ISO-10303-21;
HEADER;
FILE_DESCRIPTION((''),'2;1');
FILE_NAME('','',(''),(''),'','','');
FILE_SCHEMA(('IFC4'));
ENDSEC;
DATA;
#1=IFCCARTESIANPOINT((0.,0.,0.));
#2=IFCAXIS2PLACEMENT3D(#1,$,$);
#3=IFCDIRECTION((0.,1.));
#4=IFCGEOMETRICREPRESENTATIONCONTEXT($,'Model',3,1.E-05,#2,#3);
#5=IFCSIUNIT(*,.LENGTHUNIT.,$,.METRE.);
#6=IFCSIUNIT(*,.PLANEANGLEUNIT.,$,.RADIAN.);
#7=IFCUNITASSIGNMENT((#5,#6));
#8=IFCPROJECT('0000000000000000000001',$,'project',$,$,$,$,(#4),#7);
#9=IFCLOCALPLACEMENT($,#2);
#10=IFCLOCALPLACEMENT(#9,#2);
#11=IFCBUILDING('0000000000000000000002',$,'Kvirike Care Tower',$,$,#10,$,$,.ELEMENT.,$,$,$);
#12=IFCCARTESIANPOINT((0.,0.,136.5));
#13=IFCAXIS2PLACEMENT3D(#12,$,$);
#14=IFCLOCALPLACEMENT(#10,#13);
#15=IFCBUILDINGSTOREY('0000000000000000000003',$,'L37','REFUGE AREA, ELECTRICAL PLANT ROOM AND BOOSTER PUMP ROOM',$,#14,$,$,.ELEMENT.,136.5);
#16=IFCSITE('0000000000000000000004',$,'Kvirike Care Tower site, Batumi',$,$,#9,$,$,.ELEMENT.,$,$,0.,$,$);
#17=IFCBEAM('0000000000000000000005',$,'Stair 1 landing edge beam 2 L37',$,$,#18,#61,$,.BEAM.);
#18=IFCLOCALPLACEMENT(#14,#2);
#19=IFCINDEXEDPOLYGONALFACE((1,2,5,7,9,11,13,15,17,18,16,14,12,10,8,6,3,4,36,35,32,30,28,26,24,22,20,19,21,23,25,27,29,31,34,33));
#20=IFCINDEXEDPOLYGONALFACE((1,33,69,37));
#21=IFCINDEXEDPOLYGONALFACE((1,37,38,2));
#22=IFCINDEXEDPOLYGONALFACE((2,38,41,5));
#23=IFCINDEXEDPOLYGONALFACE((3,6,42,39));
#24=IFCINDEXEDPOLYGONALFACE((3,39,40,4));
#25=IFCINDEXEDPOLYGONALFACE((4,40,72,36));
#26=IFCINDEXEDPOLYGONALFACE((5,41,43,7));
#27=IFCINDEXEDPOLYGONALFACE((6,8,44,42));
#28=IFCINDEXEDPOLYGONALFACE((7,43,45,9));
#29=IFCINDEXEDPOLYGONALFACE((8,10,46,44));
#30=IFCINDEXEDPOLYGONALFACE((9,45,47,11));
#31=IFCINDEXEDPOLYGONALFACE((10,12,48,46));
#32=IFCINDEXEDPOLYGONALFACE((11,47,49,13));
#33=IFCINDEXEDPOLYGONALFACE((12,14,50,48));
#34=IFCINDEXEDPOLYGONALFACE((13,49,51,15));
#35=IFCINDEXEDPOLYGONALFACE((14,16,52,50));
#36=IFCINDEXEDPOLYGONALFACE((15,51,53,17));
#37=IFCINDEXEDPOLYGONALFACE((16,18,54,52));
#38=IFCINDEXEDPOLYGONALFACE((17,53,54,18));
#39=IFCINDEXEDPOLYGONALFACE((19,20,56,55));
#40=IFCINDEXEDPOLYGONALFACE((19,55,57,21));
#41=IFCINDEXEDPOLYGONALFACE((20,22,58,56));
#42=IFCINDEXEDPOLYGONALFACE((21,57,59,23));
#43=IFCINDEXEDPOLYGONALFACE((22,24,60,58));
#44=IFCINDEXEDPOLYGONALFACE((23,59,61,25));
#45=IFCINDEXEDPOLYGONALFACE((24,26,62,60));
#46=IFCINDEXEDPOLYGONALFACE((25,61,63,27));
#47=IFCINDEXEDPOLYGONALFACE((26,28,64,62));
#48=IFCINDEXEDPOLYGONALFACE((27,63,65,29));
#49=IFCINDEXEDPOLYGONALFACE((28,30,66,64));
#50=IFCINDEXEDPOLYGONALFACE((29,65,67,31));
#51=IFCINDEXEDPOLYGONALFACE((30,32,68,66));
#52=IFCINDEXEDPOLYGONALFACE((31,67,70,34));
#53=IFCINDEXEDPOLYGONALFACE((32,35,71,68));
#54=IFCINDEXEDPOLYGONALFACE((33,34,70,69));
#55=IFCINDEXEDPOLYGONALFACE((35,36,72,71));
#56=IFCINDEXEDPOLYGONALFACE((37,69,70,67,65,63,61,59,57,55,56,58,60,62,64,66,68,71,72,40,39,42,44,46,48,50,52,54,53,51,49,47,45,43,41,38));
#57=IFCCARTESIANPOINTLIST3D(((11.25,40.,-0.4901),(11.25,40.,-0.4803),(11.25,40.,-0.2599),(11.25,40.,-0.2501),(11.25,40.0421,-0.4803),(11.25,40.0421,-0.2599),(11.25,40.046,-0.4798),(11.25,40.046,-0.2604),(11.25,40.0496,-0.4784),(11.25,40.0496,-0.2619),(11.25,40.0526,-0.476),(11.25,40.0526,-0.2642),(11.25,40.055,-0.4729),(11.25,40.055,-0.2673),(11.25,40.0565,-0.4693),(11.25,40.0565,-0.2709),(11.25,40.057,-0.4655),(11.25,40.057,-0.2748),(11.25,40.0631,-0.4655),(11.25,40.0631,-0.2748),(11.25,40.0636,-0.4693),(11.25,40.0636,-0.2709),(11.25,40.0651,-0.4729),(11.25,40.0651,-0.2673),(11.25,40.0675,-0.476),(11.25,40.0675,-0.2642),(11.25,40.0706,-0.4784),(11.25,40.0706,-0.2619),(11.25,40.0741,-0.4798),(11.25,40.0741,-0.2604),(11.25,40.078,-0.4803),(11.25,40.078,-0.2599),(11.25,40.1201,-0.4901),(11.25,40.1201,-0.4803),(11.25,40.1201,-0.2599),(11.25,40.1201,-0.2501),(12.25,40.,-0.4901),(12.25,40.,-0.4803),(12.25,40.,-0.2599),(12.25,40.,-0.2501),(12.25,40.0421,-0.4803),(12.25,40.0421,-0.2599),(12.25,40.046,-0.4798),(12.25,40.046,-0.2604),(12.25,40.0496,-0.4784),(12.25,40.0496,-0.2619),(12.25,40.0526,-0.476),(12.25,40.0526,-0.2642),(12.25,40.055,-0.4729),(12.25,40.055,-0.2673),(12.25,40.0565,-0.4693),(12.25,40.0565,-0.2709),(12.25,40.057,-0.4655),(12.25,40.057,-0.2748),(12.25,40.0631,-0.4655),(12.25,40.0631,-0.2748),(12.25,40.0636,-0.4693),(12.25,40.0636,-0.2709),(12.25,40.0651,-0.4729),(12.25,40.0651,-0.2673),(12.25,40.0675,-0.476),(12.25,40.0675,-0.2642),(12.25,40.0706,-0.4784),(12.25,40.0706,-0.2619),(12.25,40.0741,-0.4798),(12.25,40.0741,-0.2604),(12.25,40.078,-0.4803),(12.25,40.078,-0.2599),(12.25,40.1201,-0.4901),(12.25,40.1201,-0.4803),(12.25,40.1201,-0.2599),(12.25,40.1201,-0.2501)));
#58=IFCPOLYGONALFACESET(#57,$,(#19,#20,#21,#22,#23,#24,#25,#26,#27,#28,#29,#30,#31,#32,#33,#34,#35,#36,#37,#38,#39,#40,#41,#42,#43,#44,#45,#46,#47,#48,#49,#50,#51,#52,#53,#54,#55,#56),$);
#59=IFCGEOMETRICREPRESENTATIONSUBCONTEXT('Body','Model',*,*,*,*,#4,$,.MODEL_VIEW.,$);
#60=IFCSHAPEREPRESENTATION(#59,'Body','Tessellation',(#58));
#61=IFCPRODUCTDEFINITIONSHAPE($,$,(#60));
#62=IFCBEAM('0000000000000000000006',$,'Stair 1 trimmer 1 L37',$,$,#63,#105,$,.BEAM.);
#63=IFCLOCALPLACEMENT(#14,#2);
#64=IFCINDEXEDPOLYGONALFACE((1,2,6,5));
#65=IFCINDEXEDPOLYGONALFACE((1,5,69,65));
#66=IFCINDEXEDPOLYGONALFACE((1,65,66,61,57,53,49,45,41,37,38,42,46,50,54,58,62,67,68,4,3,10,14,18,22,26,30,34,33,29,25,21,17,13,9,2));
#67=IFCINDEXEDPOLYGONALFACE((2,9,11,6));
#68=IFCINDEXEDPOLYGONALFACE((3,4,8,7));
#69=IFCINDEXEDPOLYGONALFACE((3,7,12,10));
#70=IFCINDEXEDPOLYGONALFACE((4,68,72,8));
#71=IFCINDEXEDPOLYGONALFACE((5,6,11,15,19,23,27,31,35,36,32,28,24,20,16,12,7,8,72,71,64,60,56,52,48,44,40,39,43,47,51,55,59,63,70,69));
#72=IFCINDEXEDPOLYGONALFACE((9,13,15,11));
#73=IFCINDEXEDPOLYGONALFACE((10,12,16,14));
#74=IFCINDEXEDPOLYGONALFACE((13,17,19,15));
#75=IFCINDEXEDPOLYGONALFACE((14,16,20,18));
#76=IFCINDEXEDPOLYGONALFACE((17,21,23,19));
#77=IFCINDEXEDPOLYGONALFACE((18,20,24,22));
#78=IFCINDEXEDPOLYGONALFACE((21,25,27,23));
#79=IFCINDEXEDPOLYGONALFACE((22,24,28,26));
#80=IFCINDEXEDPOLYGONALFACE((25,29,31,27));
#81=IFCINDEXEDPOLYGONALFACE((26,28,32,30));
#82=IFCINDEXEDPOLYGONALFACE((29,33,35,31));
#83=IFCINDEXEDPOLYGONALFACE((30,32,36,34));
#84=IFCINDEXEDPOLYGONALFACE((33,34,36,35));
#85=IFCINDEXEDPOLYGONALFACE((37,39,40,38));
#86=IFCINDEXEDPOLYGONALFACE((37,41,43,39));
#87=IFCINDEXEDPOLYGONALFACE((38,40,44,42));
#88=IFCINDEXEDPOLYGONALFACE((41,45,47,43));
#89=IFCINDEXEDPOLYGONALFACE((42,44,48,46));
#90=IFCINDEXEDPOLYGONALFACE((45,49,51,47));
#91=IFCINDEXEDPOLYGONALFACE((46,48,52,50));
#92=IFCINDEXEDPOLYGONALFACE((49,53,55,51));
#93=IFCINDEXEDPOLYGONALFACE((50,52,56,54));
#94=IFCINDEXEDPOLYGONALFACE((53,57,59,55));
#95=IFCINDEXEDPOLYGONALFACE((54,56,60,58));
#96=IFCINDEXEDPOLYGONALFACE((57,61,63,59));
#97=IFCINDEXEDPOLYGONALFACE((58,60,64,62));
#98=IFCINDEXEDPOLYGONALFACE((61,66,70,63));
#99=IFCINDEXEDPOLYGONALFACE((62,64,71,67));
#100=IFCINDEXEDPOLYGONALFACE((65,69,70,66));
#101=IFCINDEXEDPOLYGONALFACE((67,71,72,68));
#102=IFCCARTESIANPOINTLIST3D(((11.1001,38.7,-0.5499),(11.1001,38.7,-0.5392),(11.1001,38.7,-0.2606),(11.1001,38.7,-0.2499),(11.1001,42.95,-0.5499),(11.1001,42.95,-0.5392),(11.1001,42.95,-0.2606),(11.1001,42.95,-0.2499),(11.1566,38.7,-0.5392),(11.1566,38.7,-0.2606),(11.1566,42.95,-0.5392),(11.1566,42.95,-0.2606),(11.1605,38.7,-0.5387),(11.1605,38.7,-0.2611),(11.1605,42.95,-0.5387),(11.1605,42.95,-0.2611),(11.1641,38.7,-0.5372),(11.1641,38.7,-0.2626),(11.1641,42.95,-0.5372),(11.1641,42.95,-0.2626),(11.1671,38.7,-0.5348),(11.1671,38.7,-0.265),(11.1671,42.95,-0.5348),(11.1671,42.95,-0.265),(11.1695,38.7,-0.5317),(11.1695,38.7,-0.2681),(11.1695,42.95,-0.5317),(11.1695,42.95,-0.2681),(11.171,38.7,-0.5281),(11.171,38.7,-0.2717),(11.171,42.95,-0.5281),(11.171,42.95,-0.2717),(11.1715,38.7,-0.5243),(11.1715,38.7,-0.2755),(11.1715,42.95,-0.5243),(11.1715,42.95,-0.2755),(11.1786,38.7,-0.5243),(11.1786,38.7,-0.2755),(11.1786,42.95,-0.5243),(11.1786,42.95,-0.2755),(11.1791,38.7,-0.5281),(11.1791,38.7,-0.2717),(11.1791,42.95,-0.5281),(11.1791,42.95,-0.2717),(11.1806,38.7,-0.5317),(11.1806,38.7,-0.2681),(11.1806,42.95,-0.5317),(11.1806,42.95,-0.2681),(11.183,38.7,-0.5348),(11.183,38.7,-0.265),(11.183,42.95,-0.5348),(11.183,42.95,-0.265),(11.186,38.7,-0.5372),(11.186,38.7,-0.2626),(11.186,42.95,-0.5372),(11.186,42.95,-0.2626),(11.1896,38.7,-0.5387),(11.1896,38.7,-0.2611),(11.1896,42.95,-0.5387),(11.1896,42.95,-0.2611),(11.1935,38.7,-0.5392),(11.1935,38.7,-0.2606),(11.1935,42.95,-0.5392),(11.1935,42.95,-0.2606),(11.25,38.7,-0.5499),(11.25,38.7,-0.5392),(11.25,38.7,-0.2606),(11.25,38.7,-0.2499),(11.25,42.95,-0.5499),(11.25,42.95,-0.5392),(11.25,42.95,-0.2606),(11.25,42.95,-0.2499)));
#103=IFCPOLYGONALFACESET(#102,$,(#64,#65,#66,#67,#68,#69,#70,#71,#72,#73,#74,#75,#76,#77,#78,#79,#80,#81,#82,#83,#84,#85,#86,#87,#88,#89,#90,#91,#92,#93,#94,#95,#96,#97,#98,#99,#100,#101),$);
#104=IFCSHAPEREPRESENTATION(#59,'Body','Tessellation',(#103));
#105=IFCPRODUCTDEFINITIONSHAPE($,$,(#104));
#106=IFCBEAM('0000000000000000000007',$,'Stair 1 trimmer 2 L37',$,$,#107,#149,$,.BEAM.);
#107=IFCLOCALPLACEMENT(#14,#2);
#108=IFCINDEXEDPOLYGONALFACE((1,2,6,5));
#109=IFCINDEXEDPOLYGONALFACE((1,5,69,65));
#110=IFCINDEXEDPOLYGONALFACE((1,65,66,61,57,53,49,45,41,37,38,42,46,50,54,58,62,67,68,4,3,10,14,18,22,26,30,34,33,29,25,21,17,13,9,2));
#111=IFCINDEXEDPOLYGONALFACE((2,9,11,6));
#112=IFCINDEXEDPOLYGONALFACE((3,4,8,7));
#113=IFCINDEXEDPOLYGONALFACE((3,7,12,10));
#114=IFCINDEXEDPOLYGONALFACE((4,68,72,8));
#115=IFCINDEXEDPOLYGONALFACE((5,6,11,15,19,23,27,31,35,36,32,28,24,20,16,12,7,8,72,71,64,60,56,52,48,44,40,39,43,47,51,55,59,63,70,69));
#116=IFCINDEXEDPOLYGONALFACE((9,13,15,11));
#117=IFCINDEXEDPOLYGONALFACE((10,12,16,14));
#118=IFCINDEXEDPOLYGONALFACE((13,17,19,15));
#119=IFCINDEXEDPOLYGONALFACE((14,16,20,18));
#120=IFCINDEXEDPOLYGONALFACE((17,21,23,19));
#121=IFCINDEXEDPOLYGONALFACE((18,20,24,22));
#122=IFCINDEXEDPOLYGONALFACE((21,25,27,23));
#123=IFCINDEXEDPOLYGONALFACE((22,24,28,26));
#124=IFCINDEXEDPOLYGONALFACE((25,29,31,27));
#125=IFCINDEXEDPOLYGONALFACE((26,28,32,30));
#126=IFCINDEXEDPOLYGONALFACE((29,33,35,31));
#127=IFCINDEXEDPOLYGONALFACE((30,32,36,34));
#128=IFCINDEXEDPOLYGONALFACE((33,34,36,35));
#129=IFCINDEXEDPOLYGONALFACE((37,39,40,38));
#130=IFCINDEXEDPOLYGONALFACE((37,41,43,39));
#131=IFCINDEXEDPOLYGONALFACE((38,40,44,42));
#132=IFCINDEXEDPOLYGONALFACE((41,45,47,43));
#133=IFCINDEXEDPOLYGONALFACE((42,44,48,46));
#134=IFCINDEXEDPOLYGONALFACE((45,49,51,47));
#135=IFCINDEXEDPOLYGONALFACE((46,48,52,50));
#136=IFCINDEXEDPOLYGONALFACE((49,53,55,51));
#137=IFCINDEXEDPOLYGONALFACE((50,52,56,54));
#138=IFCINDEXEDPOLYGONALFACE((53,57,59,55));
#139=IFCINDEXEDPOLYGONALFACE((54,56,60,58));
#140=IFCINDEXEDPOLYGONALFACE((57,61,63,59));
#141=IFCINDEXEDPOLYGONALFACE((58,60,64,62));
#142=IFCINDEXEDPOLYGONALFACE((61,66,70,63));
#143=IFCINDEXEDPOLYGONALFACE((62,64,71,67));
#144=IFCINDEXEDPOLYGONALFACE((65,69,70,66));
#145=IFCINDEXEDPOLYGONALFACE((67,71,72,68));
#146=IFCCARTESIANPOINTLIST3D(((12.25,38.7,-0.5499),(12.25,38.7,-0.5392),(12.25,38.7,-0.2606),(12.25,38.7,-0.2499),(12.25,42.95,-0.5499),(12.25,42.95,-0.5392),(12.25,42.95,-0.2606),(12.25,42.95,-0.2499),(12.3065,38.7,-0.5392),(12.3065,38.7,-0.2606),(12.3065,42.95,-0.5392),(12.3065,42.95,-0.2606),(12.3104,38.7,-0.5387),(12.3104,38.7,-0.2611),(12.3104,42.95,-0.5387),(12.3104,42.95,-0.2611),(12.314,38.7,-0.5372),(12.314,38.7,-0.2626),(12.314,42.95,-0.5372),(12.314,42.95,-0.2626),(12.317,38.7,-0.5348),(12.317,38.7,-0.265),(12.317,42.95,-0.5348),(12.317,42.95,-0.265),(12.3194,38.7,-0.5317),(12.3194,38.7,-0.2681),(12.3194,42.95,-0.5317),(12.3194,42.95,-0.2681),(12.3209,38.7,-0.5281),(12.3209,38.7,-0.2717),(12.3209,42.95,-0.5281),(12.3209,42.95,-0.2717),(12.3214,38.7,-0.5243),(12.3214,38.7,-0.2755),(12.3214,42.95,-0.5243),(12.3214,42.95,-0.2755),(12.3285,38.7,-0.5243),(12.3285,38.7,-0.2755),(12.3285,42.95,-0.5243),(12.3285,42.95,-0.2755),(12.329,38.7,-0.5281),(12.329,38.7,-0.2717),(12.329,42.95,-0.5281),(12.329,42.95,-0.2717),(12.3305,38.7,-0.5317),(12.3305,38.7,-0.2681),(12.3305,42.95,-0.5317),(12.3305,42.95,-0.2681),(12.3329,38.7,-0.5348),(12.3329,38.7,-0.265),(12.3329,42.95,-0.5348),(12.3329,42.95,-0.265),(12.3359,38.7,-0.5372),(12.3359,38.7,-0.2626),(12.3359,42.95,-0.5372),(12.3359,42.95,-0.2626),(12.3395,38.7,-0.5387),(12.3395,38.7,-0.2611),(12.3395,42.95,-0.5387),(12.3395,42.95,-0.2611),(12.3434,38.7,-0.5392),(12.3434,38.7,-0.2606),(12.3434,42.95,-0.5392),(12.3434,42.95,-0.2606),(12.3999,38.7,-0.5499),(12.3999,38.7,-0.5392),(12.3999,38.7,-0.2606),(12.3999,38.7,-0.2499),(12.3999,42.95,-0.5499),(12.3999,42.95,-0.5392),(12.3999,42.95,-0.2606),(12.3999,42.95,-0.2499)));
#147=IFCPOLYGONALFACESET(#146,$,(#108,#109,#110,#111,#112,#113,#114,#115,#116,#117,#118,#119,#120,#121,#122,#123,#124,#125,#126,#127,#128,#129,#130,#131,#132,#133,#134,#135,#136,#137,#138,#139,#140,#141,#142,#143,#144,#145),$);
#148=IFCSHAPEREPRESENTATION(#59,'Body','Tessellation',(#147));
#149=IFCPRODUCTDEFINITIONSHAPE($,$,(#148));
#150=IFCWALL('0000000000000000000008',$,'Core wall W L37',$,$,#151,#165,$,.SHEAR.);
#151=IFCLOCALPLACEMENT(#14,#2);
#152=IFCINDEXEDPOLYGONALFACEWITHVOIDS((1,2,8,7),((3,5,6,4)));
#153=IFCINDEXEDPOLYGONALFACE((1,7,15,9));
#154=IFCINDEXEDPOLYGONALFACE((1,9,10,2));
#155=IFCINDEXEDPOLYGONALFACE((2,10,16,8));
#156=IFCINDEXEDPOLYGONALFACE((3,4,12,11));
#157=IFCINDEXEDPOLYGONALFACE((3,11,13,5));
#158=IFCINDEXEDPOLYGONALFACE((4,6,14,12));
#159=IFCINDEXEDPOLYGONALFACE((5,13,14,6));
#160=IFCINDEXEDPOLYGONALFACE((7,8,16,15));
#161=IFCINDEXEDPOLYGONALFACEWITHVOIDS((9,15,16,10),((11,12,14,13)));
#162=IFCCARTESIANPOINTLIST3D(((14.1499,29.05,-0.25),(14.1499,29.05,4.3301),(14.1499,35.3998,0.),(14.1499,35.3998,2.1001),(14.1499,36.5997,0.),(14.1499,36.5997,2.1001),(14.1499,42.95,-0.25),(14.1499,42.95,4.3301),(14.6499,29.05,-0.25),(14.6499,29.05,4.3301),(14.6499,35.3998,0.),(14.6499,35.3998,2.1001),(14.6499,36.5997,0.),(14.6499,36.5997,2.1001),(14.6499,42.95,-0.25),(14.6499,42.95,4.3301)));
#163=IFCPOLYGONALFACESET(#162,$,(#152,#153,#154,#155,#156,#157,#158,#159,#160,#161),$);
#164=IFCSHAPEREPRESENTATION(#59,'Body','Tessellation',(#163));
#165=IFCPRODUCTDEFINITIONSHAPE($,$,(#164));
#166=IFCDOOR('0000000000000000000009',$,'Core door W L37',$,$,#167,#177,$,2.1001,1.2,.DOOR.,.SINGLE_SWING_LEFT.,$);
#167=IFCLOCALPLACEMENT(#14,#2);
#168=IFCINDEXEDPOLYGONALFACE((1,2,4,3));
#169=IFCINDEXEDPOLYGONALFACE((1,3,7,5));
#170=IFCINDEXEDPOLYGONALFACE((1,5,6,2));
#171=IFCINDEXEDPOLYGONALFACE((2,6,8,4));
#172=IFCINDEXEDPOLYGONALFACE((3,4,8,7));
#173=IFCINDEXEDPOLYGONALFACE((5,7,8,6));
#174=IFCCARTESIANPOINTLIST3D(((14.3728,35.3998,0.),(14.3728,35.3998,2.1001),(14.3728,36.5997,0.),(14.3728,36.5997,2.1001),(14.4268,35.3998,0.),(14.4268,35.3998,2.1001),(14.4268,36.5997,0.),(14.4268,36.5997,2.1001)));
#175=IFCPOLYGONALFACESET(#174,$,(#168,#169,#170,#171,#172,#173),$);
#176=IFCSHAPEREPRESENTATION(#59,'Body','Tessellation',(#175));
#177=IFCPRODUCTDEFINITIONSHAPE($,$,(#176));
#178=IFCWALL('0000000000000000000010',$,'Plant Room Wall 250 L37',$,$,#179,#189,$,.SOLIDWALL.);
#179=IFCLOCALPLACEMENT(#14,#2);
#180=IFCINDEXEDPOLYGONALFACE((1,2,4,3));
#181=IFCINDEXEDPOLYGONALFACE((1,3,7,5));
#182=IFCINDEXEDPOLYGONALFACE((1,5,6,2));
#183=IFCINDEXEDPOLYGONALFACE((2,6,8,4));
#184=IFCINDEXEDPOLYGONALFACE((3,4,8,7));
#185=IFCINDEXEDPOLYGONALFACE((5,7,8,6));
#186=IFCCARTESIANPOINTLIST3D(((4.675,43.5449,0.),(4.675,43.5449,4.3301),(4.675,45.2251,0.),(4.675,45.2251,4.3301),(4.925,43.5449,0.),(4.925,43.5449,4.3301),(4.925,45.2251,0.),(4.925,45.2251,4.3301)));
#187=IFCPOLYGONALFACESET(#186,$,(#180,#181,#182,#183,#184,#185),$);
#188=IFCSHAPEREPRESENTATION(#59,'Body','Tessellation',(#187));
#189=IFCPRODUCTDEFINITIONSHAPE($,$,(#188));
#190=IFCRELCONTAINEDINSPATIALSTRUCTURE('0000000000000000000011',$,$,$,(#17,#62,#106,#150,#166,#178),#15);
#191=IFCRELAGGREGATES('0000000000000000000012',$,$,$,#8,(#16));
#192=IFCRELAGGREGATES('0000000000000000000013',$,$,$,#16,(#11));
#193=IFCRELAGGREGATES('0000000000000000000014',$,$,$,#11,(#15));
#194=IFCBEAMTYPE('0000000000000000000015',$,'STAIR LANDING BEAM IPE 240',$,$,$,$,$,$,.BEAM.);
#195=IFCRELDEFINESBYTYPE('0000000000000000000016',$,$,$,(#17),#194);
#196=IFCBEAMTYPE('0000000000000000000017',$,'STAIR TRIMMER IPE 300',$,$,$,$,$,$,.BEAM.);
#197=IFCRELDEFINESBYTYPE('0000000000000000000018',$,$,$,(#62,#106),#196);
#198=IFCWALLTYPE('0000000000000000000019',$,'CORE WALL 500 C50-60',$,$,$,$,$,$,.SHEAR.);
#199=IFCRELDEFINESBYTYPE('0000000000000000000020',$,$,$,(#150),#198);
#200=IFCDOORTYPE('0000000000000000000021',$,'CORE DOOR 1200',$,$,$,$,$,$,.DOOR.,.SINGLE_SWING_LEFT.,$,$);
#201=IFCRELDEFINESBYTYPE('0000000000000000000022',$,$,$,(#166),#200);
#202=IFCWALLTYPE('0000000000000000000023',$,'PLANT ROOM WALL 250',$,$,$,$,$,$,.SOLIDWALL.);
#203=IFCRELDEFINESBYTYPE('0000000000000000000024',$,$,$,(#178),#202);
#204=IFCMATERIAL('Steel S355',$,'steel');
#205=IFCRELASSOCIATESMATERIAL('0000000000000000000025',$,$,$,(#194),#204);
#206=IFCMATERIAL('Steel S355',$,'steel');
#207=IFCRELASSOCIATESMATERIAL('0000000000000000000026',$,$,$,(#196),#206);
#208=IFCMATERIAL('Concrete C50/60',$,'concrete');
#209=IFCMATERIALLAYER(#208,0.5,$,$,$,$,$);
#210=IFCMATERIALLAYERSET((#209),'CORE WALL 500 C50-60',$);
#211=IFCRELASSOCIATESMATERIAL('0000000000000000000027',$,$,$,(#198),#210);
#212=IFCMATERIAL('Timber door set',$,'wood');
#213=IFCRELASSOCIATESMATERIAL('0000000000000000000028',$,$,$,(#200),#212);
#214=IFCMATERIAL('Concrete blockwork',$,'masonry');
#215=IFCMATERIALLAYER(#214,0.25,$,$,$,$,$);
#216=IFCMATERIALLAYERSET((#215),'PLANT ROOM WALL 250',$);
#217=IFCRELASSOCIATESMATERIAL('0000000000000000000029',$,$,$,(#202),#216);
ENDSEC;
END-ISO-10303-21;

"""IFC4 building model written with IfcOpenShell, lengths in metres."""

from ifc_helpers import new_model, si_unit, direction, frame, frame_2d, origin, origin_2d, place, context, subcontext, project, spatial, rectangle, i_section, extrude, material, layer, layer_set, material_profile, profile_set, type_object, element, fill, save


model = new_model("IFC4")

# Units and contexts
model_context = context("Model", 3, precision=1e-05, world=origin(), true_north=direction((0.0, 1.0)))
body_context = subcontext(model_context, "Body", "Model", "MODEL_VIEW")
ifc_project = project(units=[si_unit("LENGTHUNIT", "METRE"), si_unit("PLANEANGLEUNIT", "RADIAN")], contexts=[model_context])

# Site, building, storey
site_placement = place(None, origin())
site = spatial("IfcSite", under=ifc_project, at=site_placement, Name="Kvirike Care Tower site, Batumi", CompositionType="ELEMENT", RefElevation=0.0)
building_placement = place(site_placement, origin())
building = spatial("IfcBuilding", under=site, at=building_placement, Name="Kvirike Care Tower", CompositionType="ELEMENT")
storey_placement = place(building_placement, frame((0.0, 0.0, 136.5)))
storey = spatial("IfcBuildingStorey", under=building, at=storey_placement, Name="L37", Description="REFUGE AREA, ELECTRICAL PLANT ROOM AND BOOSTER PUMP ROOM", CompositionType="ELEMENT", Elevation=136.5)

# Beams
ifc_material_1 = material(Name="Steel S355", Category="steel")
ifc_material_profile_1 = material_profile(ifc_material_1, i_section(OverallWidth=0.1201, OverallDepth=0.24, WebThickness=0.0061, FlangeThickness=0.0098, FilletRadius=0.0149, at=origin_2d()), Name="IPE 240")
ifc_profile_set_1 = profile_set([ifc_material_profile_1], Name="Steel S355")
beam_type_1 = type_object("IfcBeamType", Name="STAIR LANDING BEAM IPE 240", PredefinedType="BEAM", material=ifc_profile_set_1)
for number, where, z_axis, x_axis, name in (
    (1, (11.25, 40.0601, -0.3701), (1.0, 0.0, 0.0), (0.0, 1.0, 0.0), "Stair 1 landing edge beam 2 L37"),
):
    element("IfcBeam", number, at=place(storey_placement, frame(where, z_axis=z_axis, x_axis=x_axis)), inside=storey, type_object=beam_type_1, Name=name, PredefinedType="BEAM", context=body_context, shape_type="SweptSolid", body=[
        extrude(i_section(OverallWidth=0.1201, OverallDepth=0.24, WebThickness=0.0061, FlangeThickness=0.0098, FilletRadius=0.0149, at=origin_2d()), origin(), (0.0, 0.0, 1.0), 1.0),
    ])
ifc_material_2 = material(Name="Steel S355", Category="steel")
ifc_material_profile_2 = material_profile(ifc_material_2, i_section(OverallWidth=0.1499, OverallDepth=0.3, WebThickness=0.0071, FlangeThickness=0.0107, FilletRadius=0.0149, at=origin_2d()), Name="IPE 300")
ifc_profile_set_2 = profile_set([ifc_material_profile_2], Name="Steel S355")
beam_type_2 = type_object("IfcBeamType", Name="STAIR TRIMMER IPE 300", PredefinedType="BEAM", material=ifc_profile_set_2)
for number, where, z_axis, x_axis, name in (
    (2, (11.175, 42.95, -0.3999), (0.0, -1.0, 0.0), (1.0, 0.0, 0.0), "Stair 1 trimmer 1 L37"),
    (3, (12.325, 42.95, -0.3999), (0.0, -1.0, 0.0), (1.0, 0.0, 0.0), "Stair 1 trimmer 2 L37"),
):
    element("IfcBeam", number, at=place(storey_placement, frame(where, z_axis=z_axis, x_axis=x_axis)), inside=storey, type_object=beam_type_2, Name=name, PredefinedType="BEAM", context=body_context, shape_type="SweptSolid", body=[
        extrude(i_section(OverallWidth=0.1499, OverallDepth=0.3, WebThickness=0.0071, FlangeThickness=0.0107, FilletRadius=0.0149, at=origin_2d()), origin(), (0.0, 0.0, 1.0), 4.25),
    ])

# Wall, opening, door
ifc_material_3 = material(Name="Concrete C50/60", Category="concrete")
ifc_layer_1 = layer(ifc_material_3, 0.5)
ifc_layer_set_1 = layer_set([ifc_layer_1], Name="CORE WALL 500 C50-60")
wall_type_1 = type_object("IfcWallType", Name="CORE WALL 500 C50-60", PredefinedType="SHEAR", material=ifc_layer_set_1)
wall_1_placement = place(storey_placement, frame((14.3999, 42.95, -0.25), z_axis=(0.0, 0.0, 1.0), x_axis=(0.0, -1.0, 0.0)))
wall_1 = element("IfcWall", 4, at=wall_1_placement, inside=storey, type_object=wall_type_1, Name="Core wall W L37", PredefinedType="SHEAR", context=body_context, shape_type="SweptSolid", body=[
    extrude(rectangle(XDim=13.8999, YDim=0.5, at=frame_2d((6.95, 0.0))), origin(), (0.0, 0.0, 1.0), 4.5801),
])
opening_1_placement = place(wall_1_placement, frame((6.3501, 0.0, 0.25)))
opening_1 = element("IfcOpeningElement", 5, at=opening_1_placement, cuts=wall_1, PredefinedType="OPENING", context=body_context, shape_type="SweptSolid", body=[
    extrude(rectangle(XDim=1.2, YDim=2.1001, at=frame_2d((0.6001, 1.05))), frame((0.0, 0.2605, 0.0), z_axis=(0.0, -1.0, 0.0), x_axis=(1.0, 0.0, 0.0)), (0.0, 0.0, 1.0), 0.521),
])
ifc_material_4 = material(Name="Timber door set", Category="wood")
door_type_1 = type_object("IfcDoorType", Name="CORE DOOR 1200", OperationType="SINGLE_SWING_LEFT", PredefinedType="DOOR", material=ifc_material_4)
door_1_placement = place(opening_1_placement, origin())
door_1 = element("IfcDoor", 6, at=door_1_placement, inside=storey, type_object=door_type_1, Name="Core door W L37", OperationType="SINGLE_SWING_LEFT", OverallHeight=2.1001, OverallWidth=1.2, PredefinedType="DOOR", context=body_context, shape_type="SweptSolid", body=[
    extrude(rectangle(XDim=1.2, YDim=2.1001, at=frame_2d((0.6001, 1.05))), frame((0.0, 0.0269, 0.0), z_axis=(0.0, -1.0, 0.0), x_axis=(1.0, 0.0, 0.0)), (0.0, 0.0, 1.0), 0.054),
])
fill(opening_1, door_1)
ifc_material_5 = material(Name="Concrete blockwork", Category="masonry")
ifc_layer_2 = layer(ifc_material_5, 0.25)
ifc_layer_set_2 = layer_set([ifc_layer_2], Name="PLANT ROOM WALL 250")
wall_type_2 = type_object("IfcWallType", Name="PLANT ROOM WALL 250", PredefinedType="SOLIDWALL", material=ifc_layer_set_2)

# Wall
wall_2_placement = place(storey_placement, frame((4.8, 45.2251, 0.0), z_axis=(0.0, 0.0, 1.0), x_axis=(0.0, -1.0, 0.0)))
element("IfcWall", 7, at=wall_2_placement, inside=storey, type_object=wall_type_2, Name="Plant Room Wall 250 L37", PredefinedType="SOLIDWALL", context=body_context, shape_type="SweptSolid", body=[
    extrude(rectangle(XDim=1.6802, YDim=0.25, at=frame_2d((0.8401, 0.0))), origin(), (0.0, 0.0, 1.0), 4.3301),
])

save(model, "model.ifc")
